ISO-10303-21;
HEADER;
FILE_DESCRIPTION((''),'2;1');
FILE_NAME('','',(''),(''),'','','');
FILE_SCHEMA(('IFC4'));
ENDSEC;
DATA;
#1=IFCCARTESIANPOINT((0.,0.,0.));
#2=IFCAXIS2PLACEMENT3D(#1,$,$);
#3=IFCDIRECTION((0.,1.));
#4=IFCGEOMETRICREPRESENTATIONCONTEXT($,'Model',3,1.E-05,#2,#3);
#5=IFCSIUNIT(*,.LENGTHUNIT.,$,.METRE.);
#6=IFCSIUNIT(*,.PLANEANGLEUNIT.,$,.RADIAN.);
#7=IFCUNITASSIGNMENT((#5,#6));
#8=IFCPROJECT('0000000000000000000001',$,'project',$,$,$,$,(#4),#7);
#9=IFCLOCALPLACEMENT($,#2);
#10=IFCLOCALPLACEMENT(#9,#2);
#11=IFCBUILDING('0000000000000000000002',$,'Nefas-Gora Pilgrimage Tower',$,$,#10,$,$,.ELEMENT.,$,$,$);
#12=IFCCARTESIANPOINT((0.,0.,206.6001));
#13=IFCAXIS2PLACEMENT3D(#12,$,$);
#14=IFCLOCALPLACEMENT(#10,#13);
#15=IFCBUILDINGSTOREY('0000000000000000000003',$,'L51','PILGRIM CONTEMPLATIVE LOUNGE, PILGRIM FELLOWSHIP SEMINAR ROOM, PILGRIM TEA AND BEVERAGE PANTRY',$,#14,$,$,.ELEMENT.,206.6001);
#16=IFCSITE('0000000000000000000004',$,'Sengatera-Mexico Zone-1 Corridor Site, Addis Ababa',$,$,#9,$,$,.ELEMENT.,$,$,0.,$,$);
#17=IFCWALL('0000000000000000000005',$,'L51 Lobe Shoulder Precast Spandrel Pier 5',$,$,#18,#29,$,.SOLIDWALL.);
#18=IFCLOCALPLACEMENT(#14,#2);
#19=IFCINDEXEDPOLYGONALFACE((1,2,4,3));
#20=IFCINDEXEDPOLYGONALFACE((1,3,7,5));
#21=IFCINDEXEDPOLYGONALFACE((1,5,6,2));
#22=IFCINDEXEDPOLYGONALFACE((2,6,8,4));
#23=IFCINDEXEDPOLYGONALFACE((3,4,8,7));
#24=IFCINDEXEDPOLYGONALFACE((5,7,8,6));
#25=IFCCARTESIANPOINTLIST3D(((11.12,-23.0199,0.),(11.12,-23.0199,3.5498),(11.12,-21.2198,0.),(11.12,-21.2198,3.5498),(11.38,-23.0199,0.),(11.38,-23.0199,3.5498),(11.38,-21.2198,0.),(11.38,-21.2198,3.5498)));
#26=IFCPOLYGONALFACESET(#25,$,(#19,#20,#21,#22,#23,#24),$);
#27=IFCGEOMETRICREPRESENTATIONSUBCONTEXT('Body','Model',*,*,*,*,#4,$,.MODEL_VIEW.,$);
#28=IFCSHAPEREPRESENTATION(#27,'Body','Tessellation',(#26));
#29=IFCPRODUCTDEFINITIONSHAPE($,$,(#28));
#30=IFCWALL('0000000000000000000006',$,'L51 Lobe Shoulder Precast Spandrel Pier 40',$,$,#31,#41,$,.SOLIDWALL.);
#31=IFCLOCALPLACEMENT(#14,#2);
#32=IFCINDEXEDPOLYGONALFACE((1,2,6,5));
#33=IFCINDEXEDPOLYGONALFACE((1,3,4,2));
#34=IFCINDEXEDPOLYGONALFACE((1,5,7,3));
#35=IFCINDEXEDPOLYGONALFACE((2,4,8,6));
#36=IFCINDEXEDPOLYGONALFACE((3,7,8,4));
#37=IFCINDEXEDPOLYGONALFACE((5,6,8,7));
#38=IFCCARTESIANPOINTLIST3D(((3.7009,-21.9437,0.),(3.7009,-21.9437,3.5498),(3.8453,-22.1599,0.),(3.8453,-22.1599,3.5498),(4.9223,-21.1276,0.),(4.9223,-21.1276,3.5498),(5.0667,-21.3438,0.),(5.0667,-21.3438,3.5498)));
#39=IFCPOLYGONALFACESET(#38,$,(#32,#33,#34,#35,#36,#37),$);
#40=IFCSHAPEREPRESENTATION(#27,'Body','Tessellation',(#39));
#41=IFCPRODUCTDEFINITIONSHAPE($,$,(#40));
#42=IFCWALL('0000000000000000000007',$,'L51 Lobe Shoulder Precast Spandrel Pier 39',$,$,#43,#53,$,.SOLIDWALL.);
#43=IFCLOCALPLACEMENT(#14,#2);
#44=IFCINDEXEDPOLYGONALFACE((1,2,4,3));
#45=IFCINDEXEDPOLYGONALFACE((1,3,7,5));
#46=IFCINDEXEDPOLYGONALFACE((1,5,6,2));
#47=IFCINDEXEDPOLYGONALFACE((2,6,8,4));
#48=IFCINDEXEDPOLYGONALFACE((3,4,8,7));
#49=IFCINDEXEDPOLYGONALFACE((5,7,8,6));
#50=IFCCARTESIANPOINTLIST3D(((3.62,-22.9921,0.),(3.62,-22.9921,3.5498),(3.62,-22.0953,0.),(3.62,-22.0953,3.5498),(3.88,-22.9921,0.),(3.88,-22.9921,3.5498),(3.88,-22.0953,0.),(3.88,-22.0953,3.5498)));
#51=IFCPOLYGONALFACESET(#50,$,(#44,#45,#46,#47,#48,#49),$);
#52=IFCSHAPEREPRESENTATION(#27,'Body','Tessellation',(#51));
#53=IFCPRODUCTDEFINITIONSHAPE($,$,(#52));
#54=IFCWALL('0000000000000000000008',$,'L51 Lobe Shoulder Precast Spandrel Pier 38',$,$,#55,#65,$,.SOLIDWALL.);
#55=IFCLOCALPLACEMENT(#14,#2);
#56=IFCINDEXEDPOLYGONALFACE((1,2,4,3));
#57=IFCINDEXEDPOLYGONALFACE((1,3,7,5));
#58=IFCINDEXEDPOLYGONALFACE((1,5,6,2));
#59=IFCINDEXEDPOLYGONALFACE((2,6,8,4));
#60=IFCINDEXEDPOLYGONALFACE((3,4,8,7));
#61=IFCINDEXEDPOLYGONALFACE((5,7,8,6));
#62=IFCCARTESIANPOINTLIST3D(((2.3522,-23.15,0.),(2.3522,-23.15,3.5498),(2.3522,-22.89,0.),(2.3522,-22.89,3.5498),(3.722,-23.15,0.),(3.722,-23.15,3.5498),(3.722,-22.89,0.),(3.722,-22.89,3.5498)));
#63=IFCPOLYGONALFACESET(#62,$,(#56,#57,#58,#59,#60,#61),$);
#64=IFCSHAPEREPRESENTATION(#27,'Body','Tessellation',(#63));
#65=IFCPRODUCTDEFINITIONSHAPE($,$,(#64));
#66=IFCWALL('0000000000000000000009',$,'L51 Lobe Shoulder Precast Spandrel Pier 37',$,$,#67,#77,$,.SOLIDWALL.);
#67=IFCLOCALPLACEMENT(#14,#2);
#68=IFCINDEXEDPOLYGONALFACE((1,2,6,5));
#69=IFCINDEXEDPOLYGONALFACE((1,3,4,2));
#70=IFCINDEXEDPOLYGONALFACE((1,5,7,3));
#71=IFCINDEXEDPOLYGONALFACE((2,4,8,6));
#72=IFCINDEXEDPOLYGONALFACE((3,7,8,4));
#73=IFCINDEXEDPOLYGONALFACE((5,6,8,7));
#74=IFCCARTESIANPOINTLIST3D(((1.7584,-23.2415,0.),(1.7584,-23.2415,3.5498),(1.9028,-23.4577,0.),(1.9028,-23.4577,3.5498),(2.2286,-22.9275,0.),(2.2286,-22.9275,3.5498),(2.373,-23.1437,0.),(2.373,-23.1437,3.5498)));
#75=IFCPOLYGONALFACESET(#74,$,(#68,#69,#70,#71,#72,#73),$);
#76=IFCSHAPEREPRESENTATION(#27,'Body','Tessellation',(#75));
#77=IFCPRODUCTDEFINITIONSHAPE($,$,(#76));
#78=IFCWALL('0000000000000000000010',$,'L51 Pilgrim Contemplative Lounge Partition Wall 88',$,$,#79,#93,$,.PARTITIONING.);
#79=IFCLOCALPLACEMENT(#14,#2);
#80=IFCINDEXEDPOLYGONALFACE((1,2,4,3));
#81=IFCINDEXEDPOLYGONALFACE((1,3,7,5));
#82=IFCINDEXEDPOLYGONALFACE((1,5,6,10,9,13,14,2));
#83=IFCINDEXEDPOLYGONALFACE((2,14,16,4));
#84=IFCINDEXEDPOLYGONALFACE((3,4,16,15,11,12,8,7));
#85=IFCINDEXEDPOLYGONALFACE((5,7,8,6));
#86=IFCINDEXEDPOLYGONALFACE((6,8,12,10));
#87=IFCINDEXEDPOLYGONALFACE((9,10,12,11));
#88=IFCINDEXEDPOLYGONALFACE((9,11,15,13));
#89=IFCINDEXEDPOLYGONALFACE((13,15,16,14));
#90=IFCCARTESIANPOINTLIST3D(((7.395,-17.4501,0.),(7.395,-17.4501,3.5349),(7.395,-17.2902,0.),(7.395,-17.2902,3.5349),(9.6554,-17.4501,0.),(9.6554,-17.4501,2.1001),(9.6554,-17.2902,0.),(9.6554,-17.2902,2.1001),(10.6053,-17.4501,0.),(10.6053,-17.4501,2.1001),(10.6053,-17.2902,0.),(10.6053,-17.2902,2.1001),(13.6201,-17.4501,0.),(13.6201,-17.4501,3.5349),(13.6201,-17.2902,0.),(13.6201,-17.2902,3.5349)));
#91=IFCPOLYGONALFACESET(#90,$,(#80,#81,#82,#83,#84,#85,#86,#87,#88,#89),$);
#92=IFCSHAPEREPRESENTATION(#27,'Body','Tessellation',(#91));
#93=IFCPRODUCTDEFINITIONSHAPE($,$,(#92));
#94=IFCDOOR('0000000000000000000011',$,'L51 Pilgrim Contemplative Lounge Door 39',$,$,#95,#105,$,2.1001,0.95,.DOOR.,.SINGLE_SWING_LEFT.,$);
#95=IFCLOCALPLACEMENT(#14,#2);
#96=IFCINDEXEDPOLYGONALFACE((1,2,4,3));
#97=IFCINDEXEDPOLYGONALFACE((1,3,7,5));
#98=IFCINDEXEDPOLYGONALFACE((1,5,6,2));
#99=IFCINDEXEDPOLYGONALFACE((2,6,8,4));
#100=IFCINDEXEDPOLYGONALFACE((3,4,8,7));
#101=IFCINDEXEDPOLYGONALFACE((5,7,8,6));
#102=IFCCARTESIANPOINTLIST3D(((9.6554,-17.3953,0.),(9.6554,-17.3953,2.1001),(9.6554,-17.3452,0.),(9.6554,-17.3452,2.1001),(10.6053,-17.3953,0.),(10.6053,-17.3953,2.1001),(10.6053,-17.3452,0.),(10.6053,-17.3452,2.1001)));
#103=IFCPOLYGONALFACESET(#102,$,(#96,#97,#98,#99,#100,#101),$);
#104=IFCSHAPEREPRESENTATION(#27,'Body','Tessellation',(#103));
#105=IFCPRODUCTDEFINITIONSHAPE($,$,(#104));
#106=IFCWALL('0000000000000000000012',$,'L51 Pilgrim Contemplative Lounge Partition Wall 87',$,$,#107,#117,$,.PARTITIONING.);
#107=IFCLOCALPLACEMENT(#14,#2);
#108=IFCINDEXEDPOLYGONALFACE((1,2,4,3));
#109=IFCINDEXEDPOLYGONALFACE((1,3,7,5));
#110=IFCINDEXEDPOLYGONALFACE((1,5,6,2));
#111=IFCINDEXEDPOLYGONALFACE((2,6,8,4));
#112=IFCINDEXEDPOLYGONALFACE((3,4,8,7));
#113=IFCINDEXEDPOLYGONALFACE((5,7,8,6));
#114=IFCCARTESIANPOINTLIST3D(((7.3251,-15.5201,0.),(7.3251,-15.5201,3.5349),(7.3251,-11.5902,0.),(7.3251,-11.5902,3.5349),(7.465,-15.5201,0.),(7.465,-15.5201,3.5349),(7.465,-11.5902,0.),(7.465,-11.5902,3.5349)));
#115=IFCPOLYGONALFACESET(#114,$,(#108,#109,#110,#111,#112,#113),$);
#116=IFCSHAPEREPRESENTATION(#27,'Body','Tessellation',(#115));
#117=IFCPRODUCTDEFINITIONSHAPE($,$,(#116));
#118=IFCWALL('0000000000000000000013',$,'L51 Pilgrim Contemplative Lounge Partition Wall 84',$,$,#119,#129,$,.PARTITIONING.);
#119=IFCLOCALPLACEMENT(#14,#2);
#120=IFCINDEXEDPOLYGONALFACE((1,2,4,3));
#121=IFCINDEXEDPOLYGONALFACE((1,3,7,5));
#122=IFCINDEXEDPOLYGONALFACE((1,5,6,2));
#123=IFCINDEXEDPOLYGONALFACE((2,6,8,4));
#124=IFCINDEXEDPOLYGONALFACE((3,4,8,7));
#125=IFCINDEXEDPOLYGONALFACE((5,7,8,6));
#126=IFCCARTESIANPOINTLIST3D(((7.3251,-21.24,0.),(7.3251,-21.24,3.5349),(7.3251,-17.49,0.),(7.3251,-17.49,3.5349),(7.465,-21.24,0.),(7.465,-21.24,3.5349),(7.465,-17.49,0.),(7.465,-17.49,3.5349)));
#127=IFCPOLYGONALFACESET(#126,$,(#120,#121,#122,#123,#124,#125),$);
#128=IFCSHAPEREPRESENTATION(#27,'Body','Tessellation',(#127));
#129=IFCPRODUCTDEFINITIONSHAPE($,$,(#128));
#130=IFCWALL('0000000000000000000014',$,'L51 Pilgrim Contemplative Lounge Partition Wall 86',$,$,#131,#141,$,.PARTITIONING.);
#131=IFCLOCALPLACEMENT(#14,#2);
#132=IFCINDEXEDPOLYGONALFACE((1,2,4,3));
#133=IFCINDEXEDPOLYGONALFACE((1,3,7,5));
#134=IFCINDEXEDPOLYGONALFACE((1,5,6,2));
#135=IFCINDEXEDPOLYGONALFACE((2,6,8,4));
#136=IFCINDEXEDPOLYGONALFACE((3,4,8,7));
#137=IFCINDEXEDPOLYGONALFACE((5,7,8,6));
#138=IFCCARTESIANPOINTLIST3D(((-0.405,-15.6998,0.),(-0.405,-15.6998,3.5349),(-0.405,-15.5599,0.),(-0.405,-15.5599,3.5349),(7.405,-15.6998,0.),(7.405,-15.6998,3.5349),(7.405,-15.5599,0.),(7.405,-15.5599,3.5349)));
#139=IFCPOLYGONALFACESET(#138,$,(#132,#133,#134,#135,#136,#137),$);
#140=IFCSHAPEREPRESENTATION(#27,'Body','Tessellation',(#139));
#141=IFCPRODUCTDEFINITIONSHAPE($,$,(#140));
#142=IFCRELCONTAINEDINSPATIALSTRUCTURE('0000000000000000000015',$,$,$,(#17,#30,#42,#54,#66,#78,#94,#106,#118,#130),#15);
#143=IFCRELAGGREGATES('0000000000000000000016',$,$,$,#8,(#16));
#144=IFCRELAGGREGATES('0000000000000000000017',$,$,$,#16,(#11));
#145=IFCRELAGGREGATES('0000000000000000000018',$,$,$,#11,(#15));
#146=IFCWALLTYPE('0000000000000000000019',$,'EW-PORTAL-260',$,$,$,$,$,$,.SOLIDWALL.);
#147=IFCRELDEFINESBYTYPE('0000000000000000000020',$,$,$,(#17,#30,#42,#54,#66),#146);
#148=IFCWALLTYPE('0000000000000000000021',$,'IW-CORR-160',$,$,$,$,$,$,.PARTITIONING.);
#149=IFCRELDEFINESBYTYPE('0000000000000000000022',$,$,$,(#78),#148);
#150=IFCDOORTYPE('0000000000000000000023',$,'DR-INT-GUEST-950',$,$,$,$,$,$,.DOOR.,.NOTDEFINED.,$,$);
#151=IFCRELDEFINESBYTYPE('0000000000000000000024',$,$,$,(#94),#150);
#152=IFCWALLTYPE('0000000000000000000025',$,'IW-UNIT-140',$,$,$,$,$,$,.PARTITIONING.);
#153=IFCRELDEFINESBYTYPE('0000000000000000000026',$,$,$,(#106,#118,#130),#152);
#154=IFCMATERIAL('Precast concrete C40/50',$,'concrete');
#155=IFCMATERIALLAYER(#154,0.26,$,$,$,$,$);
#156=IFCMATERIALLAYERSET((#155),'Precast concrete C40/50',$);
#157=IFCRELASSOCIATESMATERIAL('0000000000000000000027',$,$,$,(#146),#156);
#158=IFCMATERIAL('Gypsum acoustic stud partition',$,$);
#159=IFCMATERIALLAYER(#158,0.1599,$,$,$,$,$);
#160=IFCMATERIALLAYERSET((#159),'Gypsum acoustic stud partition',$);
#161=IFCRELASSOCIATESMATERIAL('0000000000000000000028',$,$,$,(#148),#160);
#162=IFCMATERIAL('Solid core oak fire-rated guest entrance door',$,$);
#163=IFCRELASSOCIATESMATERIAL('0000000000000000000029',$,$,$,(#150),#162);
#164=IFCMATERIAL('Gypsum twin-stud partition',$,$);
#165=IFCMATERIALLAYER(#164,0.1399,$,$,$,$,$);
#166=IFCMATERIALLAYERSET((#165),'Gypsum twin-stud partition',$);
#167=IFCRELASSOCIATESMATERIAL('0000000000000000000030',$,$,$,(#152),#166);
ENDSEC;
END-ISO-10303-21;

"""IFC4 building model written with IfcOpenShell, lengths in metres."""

from ifc_helpers import new_model, si_unit, direction, frame, frame_2d, origin, place, context, subcontext, project, spatial, rectangle, extrude, source, transform, mapped, material, layer, layer_set, type_object, element, fill, save


model = new_model("IFC4")

# Units and contexts
model_context = context("Model", 3, precision=1e-05, world=origin(), true_north=direction((0.0, 1.0)))
body_context = subcontext(model_context, "Body", "Model", "MODEL_VIEW")
ifc_project = project(units=[si_unit("LENGTHUNIT", "METRE"), si_unit("PLANEANGLEUNIT", "RADIAN")], contexts=[model_context])

# Site, building, storey
site_placement = place(None, origin())
site = spatial("IfcSite", under=ifc_project, at=site_placement, Name="Sengatera-Mexico Zone-1 Corridor Site, Addis Ababa", CompositionType="ELEMENT", RefElevation=0.0)
building_placement = place(site_placement, origin())
building = spatial("IfcBuilding", under=site, at=building_placement, Name="Nefas-Gora Pilgrimage Tower", CompositionType="ELEMENT")
storey_placement = place(building_placement, frame((0.0, 0.0, 206.6001)))
storey = spatial("IfcBuildingStorey", under=building, at=storey_placement, Name="L51", Description="PILGRIM CONTEMPLATIVE LOUNGE, PILGRIM FELLOWSHIP SEMINAR ROOM, PILGRIM TEA AND BEVERAGE PANTRY", CompositionType="ELEMENT", Elevation=206.6001)

# Walls
ifc_material_1 = material(Name="Precast concrete C40/50", Category="concrete")
ifc_layer_1 = layer(ifc_material_1, 0.26)
ifc_layer_set_1 = layer_set([ifc_layer_1], Name="Precast concrete C40/50")
wall_type_1 = type_object("IfcWallType", Name="EW-PORTAL-260", PredefinedType="SOLIDWALL", material=ifc_layer_set_1)
shared_shape_1 = source(origin(), body_context, "Body", "SweptSolid", [
    extrude(rectangle(XDim=1.8, YDim=0.26, at=frame_2d((0.8999, 0.0))), origin(), (0.0, 0.0, 1.0), 3.5498),
])
wall_1_placement = place(storey_placement, frame((11.25, -21.22, 0.0), z_axis=(0.0, 0.0, 1.0), x_axis=(0.0, -1.0, 0.0)))
element("IfcWall", 1, at=wall_1_placement, inside=storey, type_object=wall_type_1, Name="L51 Lobe Shoulder Precast Spandrel Pier 5", PredefinedType="SOLIDWALL", context=body_context, shape_type="MappedRepresentation", body=[
    mapped(shared_shape_1, transform((0.0, 0.0, 0.0), x_axis=(1.0, 0.0, 0.0), y_axis=(0.0, 1.0, 0.0), z_axis=(0.0, 0.0, 1.0), scale=1.0)),
])
shared_shape_2 = source(origin(), body_context, "Body", "SweptSolid", [
    extrude(rectangle(XDim=1.469, YDim=0.26, at=frame_2d((0.7344, 0.0))), origin(), (0.0, 0.0, 1.0), 3.5498),
])
wall_2_placement = place(storey_placement, frame((3.7732, -22.0518, 0.0), z_axis=(0.0, 0.0, 1.0), x_axis=(0.831462, 0.555582, 0.0)))
element("IfcWall", 2, at=wall_2_placement, inside=storey, type_object=wall_type_1, Name="L51 Lobe Shoulder Precast Spandrel Pier 40", PredefinedType="SOLIDWALL", context=body_context, shape_type="MappedRepresentation", body=[
    mapped(shared_shape_2, transform((0.0, 0.0, 0.0), x_axis=(1.0, 0.0, 0.0), y_axis=(0.0, 1.0, 0.0), z_axis=(0.0, 0.0, 1.0), scale=1.0)),
])
shared_shape_3 = source(origin(), body_context, "Body", "SweptSolid", [
    extrude(rectangle(XDim=0.8967, YDim=0.26, at=frame_2d((0.4482, 0.0))), origin(), (0.0, 0.0, 1.0), 3.5498),
])
wall_3_placement = place(storey_placement, frame((3.75, -22.9919, 0.0), z_axis=(0.0, 0.0, 1.0), x_axis=(0.0, 1.0, 0.0)))
element("IfcWall", 3, at=wall_3_placement, inside=storey, type_object=wall_type_1, Name="L51 Lobe Shoulder Precast Spandrel Pier 39", PredefinedType="SOLIDWALL", context=body_context, shape_type="MappedRepresentation", body=[
    mapped(shared_shape_3, transform((0.0, 0.0, 0.0), x_axis=(1.0, 0.0, 0.0), y_axis=(0.0, 1.0, 0.0), z_axis=(0.0, 0.0, 1.0), scale=1.0)),
])
shared_shape_4 = source(origin(), body_context, "Body", "SweptSolid", [
    extrude(rectangle(XDim=1.3699, YDim=0.26, at=frame_2d((0.6851, 0.0))), origin(), (0.0, 0.0, 1.0), 3.5498),
])
wall_4_placement = place(storey_placement, frame((2.3521, -23.02, 0.0), z_axis=(0.0, 0.0, 1.0), x_axis=(1.0, 0.0, 0.0)))
element("IfcWall", 4, at=wall_4_placement, inside=storey, type_object=wall_type_1, Name="L51 Lobe Shoulder Precast Spandrel Pier 38", PredefinedType="SOLIDWALL", context=body_context, shape_type="MappedRepresentation", body=[
    mapped(shared_shape_4, transform((0.0, 0.0, 0.0), x_axis=(1.0, 0.0, 0.0), y_axis=(0.0, 1.0, 0.0), z_axis=(0.0, 0.0, 1.0), scale=1.0)),
])
shared_shape_5 = source(origin(), body_context, "Body", "SweptSolid", [
    extrude(rectangle(XDim=0.5654, YDim=0.26, at=frame_2d((0.2827, 0.0))), origin(), (0.0, 0.0, 1.0), 3.5498),
])
wall_5_placement = place(storey_placement, frame((1.8306, -23.3496, 0.0), z_axis=(0.0, 0.0, 1.0), x_axis=(0.831651, 0.555298, 0.0)))
element("IfcWall", 5, at=wall_5_placement, inside=storey, type_object=wall_type_1, Name="L51 Lobe Shoulder Precast Spandrel Pier 37", PredefinedType="SOLIDWALL", context=body_context, shape_type="MappedRepresentation", body=[
    mapped(shared_shape_5, transform((0.0, 0.0, 0.0), x_axis=(1.0, 0.0, 0.0), y_axis=(0.0, 1.0, 0.0), z_axis=(0.0, 0.0, 1.0), scale=1.0)),
])

# Wall, opening, door
ifc_material_2 = material(Name="Gypsum acoustic stud partition")
ifc_layer_2 = layer(ifc_material_2, 0.1599)
ifc_layer_set_2 = layer_set([ifc_layer_2], Name="Gypsum acoustic stud partition")
wall_type_2 = type_object("IfcWallType", Name="IW-CORR-160", PredefinedType="PARTITIONING", material=ifc_layer_set_2)
shared_shape_6 = source(origin(), body_context, "Body", "SweptSolid", [
    extrude(rectangle(XDim=6.2251, YDim=0.1599, at=frame_2d((3.1125, 0.0))), origin(), (0.0, 0.0, 1.0), 3.5349),
])
wall_6_placement = place(storey_placement, frame((7.395, -17.3701, 0.0), z_axis=(0.0, 0.0, 1.0), x_axis=(1.0, 0.0, 0.0)))
wall_6 = element("IfcWall", 6, at=wall_6_placement, inside=storey, type_object=wall_type_2, Name="L51 Pilgrim Contemplative Lounge Partition Wall 88", PredefinedType="PARTITIONING", context=body_context, shape_type="MappedRepresentation", body=[
    mapped(shared_shape_6, transform((0.0, 0.0, 0.0), x_axis=(1.0, 0.0, 0.0), y_axis=(0.0, 1.0, 0.0), z_axis=(0.0, 0.0, 1.0), scale=1.0)),
])
opening_1_placement = place(wall_6_placement, frame((2.2603, 0.0, 0.0)))
opening_1 = element("IfcOpeningElement", 7, at=opening_1_placement, cuts=wall_6, PredefinedType="OPENING", context=body_context, shape_type="SweptSolid", body=[
    extrude(rectangle(XDim=0.95, YDim=2.1001, at=frame_2d((0.4751, 1.05))), frame((0.0, 0.0898, 0.0), z_axis=(0.0, -1.0, 0.0), x_axis=(1.0, 0.0, 0.0)), (0.0, 0.0, 1.0), 0.1799),
])
ifc_material_3 = material(Name="Solid core oak fire-rated guest entrance door")
door_type = type_object("IfcDoorType", Name="DR-INT-GUEST-950", OperationType="NOTDEFINED", PredefinedType="DOOR", material=ifc_material_3)
shared_shape_7 = source(origin(), body_context, "Body", "SweptSolid", [
    extrude(rectangle(XDim=0.95, YDim=2.1001, at=frame_2d((0.4751, 1.05))), frame((0.0, 0.0249, 0.0), z_axis=(0.0, -1.0, 0.0), x_axis=(1.0, 0.0, 0.0)), (0.0, 0.0, 1.0), 0.05),
])
door_1_placement = place(opening_1_placement, origin())
door_1 = element("IfcDoor", 8, at=door_1_placement, inside=storey, type_object=door_type, Name="L51 Pilgrim Contemplative Lounge Door 39", OperationType="SINGLE_SWING_LEFT", OverallHeight=2.1001, OverallWidth=0.95, PredefinedType="DOOR", context=body_context, shape_type="MappedRepresentation", body=[
    mapped(shared_shape_7, transform((0.0, 0.0, 0.0), x_axis=(1.0, 0.0, 0.0), y_axis=(0.0, 1.0, 0.0), z_axis=(0.0, 0.0, 1.0), scale=1.0)),
])
fill(opening_1, door_1)

# Walls
ifc_material_4 = material(Name="Gypsum twin-stud partition")
ifc_layer_3 = layer(ifc_material_4, 0.1399)
ifc_layer_set_3 = layer_set([ifc_layer_3], Name="Gypsum twin-stud partition")
wall_type_3 = type_object("IfcWallType", Name="IW-UNIT-140", PredefinedType="PARTITIONING", material=ifc_layer_set_3)
shared_shape_8 = source(origin(), body_context, "Body", "SweptSolid", [
    extrude(rectangle(XDim=3.9299, YDim=0.1399, at=frame_2d((1.9648, 0.0))), origin(), (0.0, 0.0, 1.0), 3.5349),
])
wall_7_placement = place(storey_placement, frame((7.395, -15.52, 0.0), z_axis=(0.0, 0.0, 1.0), x_axis=(0.0, 1.0, 0.0)))
element("IfcWall", 9, at=wall_7_placement, inside=storey, type_object=wall_type_3, Name="L51 Pilgrim Contemplative Lounge Partition Wall 87", PredefinedType="PARTITIONING", context=body_context, shape_type="MappedRepresentation", body=[
    mapped(shared_shape_8, transform((0.0, 0.0, 0.0), x_axis=(1.0, 0.0, 0.0), y_axis=(0.0, 1.0, 0.0), z_axis=(0.0, 0.0, 1.0), scale=1.0)),
])
shared_shape_9 = source(origin(), body_context, "Body", "SweptSolid", [
    extrude(rectangle(XDim=3.75, YDim=0.1399, at=frame_2d((1.875, 0.0))), origin(), (0.0, 0.0, 1.0), 3.5349),
])
wall_8_placement = place(storey_placement, frame((7.395, -21.24, 0.0), z_axis=(0.0, 0.0, 1.0), x_axis=(0.0, 1.0, 0.0)))
element("IfcWall", 10, at=wall_8_placement, inside=storey, type_object=wall_type_3, Name="L51 Pilgrim Contemplative Lounge Partition Wall 84", PredefinedType="PARTITIONING", context=body_context, shape_type="MappedRepresentation", body=[
    mapped(shared_shape_9, transform((0.0, 0.0, 0.0), x_axis=(1.0, 0.0, 0.0), y_axis=(0.0, 1.0, 0.0), z_axis=(0.0, 0.0, 1.0), scale=1.0)),
])
shared_shape_10 = source(origin(), body_context, "Body", "SweptSolid", [
    extrude(rectangle(XDim=7.8101, YDim=0.1399, at=frame_2d((3.905, 0.0))), origin(), (0.0, 0.0, 1.0), 3.5349),
])
wall_9_placement = place(storey_placement, frame((-0.405, -15.6299, 0.0), z_axis=(0.0, 0.0, 1.0), x_axis=(1.0, 0.0, 0.0)))
element("IfcWall", 11, at=wall_9_placement, inside=storey, type_object=wall_type_3, Name="L51 Pilgrim Contemplative Lounge Partition Wall 86", PredefinedType="PARTITIONING", context=body_context, shape_type="MappedRepresentation", body=[
    mapped(shared_shape_10, transform((0.0, 0.0, 0.0), x_axis=(1.0, 0.0, 0.0), y_axis=(0.0, 1.0, 0.0), z_axis=(0.0, 0.0, 1.0), scale=1.0)),
])

save(model, "model.ifc")
